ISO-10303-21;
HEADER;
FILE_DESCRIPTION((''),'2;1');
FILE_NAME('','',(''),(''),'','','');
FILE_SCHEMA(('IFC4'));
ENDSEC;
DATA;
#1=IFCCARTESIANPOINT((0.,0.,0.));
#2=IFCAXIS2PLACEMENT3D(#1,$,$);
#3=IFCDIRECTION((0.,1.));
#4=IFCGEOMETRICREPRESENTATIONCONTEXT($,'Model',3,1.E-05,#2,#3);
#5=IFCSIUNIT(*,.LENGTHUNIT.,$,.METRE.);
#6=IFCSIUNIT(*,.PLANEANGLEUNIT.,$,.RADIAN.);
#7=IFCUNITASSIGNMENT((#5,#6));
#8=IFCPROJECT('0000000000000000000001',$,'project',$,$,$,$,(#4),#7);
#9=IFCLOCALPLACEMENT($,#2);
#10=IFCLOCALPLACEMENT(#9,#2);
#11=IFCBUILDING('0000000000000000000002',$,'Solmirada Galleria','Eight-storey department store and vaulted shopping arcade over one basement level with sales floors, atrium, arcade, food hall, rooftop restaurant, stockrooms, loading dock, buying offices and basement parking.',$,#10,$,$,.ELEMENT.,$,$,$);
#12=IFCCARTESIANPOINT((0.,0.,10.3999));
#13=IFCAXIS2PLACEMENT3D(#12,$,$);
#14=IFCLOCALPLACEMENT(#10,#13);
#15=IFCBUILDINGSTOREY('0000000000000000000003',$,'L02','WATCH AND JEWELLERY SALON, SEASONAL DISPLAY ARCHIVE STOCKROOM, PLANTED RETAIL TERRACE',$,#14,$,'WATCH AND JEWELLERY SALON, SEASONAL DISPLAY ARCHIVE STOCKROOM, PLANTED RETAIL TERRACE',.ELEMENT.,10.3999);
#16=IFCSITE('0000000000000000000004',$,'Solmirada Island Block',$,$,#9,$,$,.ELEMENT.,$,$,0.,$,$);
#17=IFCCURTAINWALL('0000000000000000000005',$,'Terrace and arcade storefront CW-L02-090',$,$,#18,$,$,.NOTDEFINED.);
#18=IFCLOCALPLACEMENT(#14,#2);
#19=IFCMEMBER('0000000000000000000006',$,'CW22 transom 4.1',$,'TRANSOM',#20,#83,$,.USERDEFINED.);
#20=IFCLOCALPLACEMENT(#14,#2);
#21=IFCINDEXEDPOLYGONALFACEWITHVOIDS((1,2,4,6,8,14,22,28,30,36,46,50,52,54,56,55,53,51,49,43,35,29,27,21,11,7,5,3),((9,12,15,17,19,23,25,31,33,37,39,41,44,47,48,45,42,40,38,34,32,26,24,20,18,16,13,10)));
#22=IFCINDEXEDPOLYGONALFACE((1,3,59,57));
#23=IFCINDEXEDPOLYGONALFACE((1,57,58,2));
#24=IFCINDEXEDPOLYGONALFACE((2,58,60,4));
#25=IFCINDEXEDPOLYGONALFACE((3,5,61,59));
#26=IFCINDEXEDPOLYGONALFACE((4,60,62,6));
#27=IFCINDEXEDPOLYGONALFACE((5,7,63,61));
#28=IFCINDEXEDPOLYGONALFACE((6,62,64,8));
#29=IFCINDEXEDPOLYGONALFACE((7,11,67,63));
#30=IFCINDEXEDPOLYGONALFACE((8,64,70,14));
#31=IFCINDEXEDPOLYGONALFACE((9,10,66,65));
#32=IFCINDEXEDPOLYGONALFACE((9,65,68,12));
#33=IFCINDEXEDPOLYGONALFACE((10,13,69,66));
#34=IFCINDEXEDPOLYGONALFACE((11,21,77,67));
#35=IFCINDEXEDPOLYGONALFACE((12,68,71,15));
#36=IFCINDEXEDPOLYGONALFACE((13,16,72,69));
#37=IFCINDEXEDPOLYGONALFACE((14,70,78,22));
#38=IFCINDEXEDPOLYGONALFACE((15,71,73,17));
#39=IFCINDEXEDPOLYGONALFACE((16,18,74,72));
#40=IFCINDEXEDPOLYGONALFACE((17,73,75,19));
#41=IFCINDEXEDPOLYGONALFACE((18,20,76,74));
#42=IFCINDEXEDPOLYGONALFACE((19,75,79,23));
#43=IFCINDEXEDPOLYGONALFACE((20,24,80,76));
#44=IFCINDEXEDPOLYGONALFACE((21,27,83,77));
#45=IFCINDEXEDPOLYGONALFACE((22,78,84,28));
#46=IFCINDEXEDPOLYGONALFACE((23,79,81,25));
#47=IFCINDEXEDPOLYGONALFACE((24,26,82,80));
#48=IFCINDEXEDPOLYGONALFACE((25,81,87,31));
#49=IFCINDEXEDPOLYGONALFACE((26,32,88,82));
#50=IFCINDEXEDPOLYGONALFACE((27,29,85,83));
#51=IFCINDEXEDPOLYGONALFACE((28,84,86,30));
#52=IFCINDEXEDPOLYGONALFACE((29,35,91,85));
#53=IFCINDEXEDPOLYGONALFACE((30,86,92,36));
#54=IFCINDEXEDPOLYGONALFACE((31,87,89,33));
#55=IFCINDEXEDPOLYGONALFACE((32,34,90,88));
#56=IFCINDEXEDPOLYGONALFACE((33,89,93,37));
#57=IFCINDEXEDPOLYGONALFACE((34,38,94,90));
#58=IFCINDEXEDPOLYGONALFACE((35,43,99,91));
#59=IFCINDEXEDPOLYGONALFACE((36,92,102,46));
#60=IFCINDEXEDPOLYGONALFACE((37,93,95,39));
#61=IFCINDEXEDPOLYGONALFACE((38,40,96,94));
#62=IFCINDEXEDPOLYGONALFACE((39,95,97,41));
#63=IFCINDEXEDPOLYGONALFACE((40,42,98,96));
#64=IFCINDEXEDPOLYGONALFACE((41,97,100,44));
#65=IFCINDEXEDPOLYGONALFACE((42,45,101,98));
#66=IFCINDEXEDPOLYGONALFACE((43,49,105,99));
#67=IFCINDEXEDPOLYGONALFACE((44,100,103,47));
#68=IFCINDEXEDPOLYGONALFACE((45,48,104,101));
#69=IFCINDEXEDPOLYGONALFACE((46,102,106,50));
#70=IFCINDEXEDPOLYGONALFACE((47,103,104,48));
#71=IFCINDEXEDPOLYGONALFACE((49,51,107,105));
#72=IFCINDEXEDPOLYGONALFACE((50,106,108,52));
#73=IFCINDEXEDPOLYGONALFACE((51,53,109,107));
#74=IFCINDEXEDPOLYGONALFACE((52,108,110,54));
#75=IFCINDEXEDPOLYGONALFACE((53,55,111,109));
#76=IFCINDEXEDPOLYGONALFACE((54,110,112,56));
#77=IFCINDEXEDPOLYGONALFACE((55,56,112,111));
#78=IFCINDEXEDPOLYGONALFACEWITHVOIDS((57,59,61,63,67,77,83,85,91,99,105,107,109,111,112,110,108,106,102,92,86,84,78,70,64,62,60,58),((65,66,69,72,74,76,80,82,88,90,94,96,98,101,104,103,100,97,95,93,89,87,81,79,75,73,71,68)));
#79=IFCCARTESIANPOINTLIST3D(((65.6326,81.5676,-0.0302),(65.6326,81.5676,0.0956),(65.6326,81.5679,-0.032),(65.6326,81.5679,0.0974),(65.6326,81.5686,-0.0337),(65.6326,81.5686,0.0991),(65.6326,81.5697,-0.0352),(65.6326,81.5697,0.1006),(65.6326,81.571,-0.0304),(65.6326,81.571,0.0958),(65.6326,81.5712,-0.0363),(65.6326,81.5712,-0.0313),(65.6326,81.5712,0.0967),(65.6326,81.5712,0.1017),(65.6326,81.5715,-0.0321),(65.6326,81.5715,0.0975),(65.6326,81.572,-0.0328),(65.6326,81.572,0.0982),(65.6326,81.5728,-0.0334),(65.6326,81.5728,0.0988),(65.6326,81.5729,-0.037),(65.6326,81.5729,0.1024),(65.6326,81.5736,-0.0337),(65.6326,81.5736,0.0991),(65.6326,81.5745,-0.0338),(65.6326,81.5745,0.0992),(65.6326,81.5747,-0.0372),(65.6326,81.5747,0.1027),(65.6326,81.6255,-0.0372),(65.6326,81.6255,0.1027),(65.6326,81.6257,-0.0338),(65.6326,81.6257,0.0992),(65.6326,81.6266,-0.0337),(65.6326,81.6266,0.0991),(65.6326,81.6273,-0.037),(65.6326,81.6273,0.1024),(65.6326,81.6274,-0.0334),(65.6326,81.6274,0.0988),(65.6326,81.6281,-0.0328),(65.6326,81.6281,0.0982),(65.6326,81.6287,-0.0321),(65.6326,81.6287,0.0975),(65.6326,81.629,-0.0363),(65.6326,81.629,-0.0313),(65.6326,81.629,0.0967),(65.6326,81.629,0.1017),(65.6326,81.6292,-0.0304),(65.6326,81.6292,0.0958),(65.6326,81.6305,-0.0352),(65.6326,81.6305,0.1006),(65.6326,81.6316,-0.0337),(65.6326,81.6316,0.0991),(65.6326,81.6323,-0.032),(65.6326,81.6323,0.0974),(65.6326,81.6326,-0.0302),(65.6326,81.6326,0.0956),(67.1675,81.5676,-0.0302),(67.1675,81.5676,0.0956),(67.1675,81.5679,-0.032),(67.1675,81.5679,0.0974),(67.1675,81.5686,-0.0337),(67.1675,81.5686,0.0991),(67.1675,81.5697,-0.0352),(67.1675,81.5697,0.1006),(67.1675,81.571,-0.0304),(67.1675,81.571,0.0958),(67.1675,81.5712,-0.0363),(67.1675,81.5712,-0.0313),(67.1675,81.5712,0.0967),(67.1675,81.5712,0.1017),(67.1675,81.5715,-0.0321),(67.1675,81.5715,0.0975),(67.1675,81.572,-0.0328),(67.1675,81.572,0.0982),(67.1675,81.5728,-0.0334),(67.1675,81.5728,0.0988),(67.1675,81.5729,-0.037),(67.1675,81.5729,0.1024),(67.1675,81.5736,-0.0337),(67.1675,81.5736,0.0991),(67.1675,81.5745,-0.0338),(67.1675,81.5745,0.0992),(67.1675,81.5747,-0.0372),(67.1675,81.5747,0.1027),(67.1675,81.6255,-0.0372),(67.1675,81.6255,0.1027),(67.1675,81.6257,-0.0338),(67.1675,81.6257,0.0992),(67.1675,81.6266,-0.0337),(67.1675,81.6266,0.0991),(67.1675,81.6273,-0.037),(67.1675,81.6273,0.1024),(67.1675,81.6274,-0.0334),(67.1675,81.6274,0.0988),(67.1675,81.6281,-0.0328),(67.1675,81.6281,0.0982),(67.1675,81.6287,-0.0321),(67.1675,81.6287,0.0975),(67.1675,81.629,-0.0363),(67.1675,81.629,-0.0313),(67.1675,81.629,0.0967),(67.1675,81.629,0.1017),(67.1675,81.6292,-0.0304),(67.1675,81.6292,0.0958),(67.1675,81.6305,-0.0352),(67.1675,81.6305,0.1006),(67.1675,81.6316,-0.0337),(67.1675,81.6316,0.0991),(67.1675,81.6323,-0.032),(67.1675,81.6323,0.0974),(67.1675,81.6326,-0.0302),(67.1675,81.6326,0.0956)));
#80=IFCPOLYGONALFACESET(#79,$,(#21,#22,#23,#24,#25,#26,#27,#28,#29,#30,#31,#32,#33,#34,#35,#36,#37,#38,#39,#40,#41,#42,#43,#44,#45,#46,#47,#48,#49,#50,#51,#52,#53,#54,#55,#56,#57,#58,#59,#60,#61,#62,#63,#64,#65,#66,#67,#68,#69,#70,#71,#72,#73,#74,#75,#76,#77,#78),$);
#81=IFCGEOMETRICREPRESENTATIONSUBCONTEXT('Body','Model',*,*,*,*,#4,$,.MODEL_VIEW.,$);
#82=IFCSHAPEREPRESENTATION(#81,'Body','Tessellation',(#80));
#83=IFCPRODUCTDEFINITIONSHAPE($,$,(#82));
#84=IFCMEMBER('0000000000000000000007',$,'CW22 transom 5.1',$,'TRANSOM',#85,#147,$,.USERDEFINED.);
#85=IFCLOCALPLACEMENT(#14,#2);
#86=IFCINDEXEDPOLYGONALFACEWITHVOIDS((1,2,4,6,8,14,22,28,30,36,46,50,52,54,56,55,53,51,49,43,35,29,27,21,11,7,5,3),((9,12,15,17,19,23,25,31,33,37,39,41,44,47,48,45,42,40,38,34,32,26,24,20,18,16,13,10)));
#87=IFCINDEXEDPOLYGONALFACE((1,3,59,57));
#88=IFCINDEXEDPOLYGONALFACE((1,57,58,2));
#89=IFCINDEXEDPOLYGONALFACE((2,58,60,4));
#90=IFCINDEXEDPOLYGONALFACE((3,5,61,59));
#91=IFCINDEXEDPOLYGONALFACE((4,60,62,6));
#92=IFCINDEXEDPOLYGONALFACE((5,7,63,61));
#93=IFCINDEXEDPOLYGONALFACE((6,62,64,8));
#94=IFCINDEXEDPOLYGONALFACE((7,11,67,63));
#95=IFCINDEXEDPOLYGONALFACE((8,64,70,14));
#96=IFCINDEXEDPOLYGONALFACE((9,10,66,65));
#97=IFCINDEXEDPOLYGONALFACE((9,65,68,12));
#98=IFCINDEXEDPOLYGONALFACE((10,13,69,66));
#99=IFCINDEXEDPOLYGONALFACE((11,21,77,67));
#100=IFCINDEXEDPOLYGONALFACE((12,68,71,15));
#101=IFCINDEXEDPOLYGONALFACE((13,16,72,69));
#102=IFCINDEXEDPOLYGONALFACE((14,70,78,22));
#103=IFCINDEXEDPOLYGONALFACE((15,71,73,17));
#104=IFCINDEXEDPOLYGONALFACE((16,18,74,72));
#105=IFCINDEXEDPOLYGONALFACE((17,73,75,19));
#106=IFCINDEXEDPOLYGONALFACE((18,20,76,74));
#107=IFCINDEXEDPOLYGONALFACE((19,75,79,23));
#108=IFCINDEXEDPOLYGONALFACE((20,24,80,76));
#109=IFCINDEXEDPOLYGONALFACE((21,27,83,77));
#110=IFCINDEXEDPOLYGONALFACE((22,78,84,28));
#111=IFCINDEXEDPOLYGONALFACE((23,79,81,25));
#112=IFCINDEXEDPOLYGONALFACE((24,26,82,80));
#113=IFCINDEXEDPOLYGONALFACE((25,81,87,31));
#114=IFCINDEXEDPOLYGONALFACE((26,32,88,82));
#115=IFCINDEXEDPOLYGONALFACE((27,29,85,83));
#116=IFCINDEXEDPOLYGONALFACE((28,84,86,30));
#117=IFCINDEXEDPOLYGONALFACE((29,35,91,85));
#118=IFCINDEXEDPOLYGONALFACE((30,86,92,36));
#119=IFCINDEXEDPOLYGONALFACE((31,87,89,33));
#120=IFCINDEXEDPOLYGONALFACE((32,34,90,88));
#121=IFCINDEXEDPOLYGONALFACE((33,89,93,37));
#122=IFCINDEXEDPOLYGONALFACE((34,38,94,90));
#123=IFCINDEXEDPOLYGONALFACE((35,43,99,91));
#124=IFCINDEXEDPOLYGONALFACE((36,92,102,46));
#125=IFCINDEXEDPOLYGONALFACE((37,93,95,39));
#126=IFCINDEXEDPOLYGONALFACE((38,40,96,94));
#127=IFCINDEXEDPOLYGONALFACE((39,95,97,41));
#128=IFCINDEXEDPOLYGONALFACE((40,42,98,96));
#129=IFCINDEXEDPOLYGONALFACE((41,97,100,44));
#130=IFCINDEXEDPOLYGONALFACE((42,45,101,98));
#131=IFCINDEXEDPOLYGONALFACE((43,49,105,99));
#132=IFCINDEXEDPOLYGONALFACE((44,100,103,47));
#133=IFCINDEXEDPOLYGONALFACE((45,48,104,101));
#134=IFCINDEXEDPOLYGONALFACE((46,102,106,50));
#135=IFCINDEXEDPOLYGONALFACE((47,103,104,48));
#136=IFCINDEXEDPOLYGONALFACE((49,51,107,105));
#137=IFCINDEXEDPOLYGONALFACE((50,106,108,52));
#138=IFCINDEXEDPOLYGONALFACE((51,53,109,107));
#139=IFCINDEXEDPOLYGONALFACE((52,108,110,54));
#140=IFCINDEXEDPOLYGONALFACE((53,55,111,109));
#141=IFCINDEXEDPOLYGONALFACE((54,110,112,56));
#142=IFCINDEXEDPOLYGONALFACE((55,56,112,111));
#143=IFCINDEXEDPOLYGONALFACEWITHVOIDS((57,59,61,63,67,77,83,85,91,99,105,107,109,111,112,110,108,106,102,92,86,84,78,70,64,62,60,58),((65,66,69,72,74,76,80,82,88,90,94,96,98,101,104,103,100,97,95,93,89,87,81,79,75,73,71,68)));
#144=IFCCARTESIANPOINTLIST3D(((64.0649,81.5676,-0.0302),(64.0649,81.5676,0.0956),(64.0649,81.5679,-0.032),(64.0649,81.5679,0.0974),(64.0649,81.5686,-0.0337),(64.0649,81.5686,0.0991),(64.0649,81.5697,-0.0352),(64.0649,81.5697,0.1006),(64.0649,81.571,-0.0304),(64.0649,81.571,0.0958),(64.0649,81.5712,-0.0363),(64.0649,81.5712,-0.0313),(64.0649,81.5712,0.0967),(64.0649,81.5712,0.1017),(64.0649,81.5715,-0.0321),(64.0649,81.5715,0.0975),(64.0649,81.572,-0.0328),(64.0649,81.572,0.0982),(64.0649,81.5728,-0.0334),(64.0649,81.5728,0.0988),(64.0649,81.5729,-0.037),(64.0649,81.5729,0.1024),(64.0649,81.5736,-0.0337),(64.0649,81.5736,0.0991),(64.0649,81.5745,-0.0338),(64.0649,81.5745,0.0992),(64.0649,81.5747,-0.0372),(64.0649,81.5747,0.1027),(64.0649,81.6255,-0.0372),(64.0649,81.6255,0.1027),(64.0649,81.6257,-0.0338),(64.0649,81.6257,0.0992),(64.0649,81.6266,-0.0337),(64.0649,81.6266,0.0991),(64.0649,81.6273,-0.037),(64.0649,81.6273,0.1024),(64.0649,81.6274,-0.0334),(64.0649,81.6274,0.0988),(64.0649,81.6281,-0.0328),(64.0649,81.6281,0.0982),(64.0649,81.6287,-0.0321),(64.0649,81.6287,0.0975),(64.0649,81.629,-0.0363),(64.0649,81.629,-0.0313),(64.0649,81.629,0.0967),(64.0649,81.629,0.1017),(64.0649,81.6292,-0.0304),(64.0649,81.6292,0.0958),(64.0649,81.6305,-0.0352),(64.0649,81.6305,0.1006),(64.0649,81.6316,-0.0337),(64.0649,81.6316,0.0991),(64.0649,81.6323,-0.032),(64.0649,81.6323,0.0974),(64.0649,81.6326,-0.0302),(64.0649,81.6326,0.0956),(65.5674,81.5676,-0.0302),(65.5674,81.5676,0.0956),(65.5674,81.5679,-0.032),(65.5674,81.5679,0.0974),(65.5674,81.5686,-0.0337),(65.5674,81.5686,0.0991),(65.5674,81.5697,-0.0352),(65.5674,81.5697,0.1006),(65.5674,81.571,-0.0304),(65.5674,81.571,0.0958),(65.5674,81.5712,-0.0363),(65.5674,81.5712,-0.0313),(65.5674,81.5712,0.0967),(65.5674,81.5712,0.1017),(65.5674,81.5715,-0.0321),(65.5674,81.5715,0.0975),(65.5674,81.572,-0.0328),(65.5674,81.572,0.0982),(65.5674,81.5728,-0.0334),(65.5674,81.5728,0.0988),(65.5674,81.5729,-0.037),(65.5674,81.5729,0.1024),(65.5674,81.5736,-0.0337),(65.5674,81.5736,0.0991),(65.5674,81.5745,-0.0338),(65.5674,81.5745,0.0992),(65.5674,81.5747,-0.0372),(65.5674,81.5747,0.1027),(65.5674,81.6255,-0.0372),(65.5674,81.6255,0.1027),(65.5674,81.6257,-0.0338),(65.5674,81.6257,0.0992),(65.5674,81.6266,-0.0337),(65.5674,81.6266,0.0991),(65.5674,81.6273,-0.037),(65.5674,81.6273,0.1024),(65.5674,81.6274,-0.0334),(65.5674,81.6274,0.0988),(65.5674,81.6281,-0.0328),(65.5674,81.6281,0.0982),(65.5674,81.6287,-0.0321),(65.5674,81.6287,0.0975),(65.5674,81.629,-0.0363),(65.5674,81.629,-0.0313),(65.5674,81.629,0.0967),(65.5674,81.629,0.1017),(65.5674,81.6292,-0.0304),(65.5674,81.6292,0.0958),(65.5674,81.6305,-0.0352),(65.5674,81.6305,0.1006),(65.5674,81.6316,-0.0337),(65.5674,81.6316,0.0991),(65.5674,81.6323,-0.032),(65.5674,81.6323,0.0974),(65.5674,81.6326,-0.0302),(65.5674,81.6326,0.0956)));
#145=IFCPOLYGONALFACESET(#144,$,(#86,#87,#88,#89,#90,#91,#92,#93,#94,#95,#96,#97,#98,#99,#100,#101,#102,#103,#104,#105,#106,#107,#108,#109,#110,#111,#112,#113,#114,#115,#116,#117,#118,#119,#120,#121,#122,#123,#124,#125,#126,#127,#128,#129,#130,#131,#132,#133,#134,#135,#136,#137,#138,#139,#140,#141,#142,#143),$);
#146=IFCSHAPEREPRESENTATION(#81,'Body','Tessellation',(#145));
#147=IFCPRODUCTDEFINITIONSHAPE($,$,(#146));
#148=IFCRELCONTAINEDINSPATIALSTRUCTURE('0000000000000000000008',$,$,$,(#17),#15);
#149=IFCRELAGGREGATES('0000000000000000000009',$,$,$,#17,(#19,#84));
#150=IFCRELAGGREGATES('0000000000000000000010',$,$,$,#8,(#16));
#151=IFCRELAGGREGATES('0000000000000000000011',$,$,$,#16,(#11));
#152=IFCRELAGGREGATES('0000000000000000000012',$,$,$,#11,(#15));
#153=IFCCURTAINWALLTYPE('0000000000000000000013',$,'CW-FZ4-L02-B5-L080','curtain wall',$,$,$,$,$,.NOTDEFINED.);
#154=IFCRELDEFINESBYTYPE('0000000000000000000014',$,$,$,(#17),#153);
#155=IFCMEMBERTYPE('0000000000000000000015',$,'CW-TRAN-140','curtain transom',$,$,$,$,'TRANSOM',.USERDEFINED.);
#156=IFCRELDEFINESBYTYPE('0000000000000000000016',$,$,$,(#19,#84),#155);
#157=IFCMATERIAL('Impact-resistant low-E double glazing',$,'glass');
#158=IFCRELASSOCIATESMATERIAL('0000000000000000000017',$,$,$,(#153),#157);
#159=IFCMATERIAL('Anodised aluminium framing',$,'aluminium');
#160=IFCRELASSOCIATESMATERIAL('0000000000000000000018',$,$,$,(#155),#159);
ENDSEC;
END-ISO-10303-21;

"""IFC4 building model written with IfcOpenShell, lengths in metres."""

from ifc_helpers import new_model, si_unit, direction, frame, origin, origin_2d, place, context, subcontext, project, spatial, hollow_rectangle, extrude, material, material_profile, profile_set, type_object, element, aggregate, save


model = new_model("IFC4")

# Units and contexts
model_context = context("Model", 3, precision=1e-05, world=origin(), true_north=direction((0.0, 1.0)))
body_context = subcontext(model_context, "Body", "Model", "MODEL_VIEW")
ifc_project = project(units=[si_unit("LENGTHUNIT", "METRE"), si_unit("PLANEANGLEUNIT", "RADIAN")], contexts=[model_context])

# Site, building, storey
site_placement = place(None, origin())
site = spatial("IfcSite", under=ifc_project, at=site_placement, Name="Solmirada Island Block", CompositionType="ELEMENT", RefElevation=0.0)
building_placement = place(site_placement, origin())
building = spatial("IfcBuilding", under=site, at=building_placement, Name="Solmirada Galleria", Description="Eight-storey department store and vaulted shopping arcade over one basement level with sales floors, atrium, arcade, food hall, rooftop restaurant, stockrooms, loading dock, buying offices and basement parking.", CompositionType="ELEMENT")
storey_placement = place(building_placement, frame((0.0, 0.0, 10.3999)))
storey = spatial("IfcBuildingStorey", under=building, at=storey_placement, Name="L02", Description="WATCH AND JEWELLERY SALON, SEASONAL DISPLAY ARCHIVE STOCKROOM, PLANTED RETAIL TERRACE", LongName="WATCH AND JEWELLERY SALON, SEASONAL DISPLAY ARCHIVE STOCKROOM, PLANTED RETAIL TERRACE", CompositionType="ELEMENT", Elevation=10.3999)

# Curtain wall
ifc_material_1 = material(Name="Impact-resistant low-E double glazing", Category="glass")
curtain_wall_type = type_object("IfcCurtainWallType", Name="CW-FZ4-L02-B5-L080", Description="curtain wall", PredefinedType="NOTDEFINED", material=ifc_material_1)
curtain_wall_1_placement = place(storey_placement, origin())
curtain_wall_1 = element("IfcCurtainWall", 1, at=curtain_wall_1_placement, inside=storey, type_object=curtain_wall_type, Name="Terrace and arcade storefront CW-L02-090", PredefinedType="NOTDEFINED")
ifc_material_2 = material(Name="Anodised aluminium framing", Category="aluminium")

# Members
ifc_material_profile_1 = material_profile(ifc_material_2, hollow_rectangle(XDim=0.0649, YDim=0.1399, WallThickness=0.0034, InnerFilletRadius=0.0034, OuterFilletRadius=0.0071, at=origin_2d()), Name="ALU-TRAN-140X65")
ifc_profile_set_1 = profile_set([ifc_material_profile_1], Name="Anodised aluminium framing")
member_type_1 = type_object("IfcMemberType", Name="CW-TRAN-140", Description="curtain transom", ElementType="TRANSOM", PredefinedType="USERDEFINED", material=ifc_profile_set_1)
member_1_placement = place(storey_placement, frame((67.1675, 81.6001, 0.0327), z_axis=(-1.0, 0.0, 0.0), x_axis=(0.0, -1.0, 0.0)))
member_1 = element("IfcMember", 2, at=member_1_placement, type_object=member_type_1, Name="CW22 transom 4.1", ObjectType="TRANSOM", PredefinedType="USERDEFINED", context=body_context, shape_type="SweptSolid", body=[
    extrude(hollow_rectangle(XDim=0.0649, YDim=0.1399, WallThickness=0.0034, InnerFilletRadius=0.0034, OuterFilletRadius=0.0071, at=origin_2d()), origin(), (0.0, 0.0, 1.0), 1.5349),
])
member_2_placement = place(storey_placement, frame((65.5674, 81.6001, 0.0327), z_axis=(-1.0, 0.0, 0.0), x_axis=(0.0, -1.0, 0.0)))
member_2 = element("IfcMember", 3, at=member_2_placement, type_object=member_type_1, Name="CW22 transom 5.1", ObjectType="TRANSOM", PredefinedType="USERDEFINED", context=body_context, shape_type="SweptSolid", body=[
    extrude(hollow_rectangle(XDim=0.0649, YDim=0.1399, WallThickness=0.0034, InnerFilletRadius=0.0034, OuterFilletRadius=0.0071, at=origin_2d()), origin(), (0.0, 0.0, 1.0), 1.5024),
])

aggregate(curtain_wall_1, [member_1, member_2])

save(model, "model.ifc")
